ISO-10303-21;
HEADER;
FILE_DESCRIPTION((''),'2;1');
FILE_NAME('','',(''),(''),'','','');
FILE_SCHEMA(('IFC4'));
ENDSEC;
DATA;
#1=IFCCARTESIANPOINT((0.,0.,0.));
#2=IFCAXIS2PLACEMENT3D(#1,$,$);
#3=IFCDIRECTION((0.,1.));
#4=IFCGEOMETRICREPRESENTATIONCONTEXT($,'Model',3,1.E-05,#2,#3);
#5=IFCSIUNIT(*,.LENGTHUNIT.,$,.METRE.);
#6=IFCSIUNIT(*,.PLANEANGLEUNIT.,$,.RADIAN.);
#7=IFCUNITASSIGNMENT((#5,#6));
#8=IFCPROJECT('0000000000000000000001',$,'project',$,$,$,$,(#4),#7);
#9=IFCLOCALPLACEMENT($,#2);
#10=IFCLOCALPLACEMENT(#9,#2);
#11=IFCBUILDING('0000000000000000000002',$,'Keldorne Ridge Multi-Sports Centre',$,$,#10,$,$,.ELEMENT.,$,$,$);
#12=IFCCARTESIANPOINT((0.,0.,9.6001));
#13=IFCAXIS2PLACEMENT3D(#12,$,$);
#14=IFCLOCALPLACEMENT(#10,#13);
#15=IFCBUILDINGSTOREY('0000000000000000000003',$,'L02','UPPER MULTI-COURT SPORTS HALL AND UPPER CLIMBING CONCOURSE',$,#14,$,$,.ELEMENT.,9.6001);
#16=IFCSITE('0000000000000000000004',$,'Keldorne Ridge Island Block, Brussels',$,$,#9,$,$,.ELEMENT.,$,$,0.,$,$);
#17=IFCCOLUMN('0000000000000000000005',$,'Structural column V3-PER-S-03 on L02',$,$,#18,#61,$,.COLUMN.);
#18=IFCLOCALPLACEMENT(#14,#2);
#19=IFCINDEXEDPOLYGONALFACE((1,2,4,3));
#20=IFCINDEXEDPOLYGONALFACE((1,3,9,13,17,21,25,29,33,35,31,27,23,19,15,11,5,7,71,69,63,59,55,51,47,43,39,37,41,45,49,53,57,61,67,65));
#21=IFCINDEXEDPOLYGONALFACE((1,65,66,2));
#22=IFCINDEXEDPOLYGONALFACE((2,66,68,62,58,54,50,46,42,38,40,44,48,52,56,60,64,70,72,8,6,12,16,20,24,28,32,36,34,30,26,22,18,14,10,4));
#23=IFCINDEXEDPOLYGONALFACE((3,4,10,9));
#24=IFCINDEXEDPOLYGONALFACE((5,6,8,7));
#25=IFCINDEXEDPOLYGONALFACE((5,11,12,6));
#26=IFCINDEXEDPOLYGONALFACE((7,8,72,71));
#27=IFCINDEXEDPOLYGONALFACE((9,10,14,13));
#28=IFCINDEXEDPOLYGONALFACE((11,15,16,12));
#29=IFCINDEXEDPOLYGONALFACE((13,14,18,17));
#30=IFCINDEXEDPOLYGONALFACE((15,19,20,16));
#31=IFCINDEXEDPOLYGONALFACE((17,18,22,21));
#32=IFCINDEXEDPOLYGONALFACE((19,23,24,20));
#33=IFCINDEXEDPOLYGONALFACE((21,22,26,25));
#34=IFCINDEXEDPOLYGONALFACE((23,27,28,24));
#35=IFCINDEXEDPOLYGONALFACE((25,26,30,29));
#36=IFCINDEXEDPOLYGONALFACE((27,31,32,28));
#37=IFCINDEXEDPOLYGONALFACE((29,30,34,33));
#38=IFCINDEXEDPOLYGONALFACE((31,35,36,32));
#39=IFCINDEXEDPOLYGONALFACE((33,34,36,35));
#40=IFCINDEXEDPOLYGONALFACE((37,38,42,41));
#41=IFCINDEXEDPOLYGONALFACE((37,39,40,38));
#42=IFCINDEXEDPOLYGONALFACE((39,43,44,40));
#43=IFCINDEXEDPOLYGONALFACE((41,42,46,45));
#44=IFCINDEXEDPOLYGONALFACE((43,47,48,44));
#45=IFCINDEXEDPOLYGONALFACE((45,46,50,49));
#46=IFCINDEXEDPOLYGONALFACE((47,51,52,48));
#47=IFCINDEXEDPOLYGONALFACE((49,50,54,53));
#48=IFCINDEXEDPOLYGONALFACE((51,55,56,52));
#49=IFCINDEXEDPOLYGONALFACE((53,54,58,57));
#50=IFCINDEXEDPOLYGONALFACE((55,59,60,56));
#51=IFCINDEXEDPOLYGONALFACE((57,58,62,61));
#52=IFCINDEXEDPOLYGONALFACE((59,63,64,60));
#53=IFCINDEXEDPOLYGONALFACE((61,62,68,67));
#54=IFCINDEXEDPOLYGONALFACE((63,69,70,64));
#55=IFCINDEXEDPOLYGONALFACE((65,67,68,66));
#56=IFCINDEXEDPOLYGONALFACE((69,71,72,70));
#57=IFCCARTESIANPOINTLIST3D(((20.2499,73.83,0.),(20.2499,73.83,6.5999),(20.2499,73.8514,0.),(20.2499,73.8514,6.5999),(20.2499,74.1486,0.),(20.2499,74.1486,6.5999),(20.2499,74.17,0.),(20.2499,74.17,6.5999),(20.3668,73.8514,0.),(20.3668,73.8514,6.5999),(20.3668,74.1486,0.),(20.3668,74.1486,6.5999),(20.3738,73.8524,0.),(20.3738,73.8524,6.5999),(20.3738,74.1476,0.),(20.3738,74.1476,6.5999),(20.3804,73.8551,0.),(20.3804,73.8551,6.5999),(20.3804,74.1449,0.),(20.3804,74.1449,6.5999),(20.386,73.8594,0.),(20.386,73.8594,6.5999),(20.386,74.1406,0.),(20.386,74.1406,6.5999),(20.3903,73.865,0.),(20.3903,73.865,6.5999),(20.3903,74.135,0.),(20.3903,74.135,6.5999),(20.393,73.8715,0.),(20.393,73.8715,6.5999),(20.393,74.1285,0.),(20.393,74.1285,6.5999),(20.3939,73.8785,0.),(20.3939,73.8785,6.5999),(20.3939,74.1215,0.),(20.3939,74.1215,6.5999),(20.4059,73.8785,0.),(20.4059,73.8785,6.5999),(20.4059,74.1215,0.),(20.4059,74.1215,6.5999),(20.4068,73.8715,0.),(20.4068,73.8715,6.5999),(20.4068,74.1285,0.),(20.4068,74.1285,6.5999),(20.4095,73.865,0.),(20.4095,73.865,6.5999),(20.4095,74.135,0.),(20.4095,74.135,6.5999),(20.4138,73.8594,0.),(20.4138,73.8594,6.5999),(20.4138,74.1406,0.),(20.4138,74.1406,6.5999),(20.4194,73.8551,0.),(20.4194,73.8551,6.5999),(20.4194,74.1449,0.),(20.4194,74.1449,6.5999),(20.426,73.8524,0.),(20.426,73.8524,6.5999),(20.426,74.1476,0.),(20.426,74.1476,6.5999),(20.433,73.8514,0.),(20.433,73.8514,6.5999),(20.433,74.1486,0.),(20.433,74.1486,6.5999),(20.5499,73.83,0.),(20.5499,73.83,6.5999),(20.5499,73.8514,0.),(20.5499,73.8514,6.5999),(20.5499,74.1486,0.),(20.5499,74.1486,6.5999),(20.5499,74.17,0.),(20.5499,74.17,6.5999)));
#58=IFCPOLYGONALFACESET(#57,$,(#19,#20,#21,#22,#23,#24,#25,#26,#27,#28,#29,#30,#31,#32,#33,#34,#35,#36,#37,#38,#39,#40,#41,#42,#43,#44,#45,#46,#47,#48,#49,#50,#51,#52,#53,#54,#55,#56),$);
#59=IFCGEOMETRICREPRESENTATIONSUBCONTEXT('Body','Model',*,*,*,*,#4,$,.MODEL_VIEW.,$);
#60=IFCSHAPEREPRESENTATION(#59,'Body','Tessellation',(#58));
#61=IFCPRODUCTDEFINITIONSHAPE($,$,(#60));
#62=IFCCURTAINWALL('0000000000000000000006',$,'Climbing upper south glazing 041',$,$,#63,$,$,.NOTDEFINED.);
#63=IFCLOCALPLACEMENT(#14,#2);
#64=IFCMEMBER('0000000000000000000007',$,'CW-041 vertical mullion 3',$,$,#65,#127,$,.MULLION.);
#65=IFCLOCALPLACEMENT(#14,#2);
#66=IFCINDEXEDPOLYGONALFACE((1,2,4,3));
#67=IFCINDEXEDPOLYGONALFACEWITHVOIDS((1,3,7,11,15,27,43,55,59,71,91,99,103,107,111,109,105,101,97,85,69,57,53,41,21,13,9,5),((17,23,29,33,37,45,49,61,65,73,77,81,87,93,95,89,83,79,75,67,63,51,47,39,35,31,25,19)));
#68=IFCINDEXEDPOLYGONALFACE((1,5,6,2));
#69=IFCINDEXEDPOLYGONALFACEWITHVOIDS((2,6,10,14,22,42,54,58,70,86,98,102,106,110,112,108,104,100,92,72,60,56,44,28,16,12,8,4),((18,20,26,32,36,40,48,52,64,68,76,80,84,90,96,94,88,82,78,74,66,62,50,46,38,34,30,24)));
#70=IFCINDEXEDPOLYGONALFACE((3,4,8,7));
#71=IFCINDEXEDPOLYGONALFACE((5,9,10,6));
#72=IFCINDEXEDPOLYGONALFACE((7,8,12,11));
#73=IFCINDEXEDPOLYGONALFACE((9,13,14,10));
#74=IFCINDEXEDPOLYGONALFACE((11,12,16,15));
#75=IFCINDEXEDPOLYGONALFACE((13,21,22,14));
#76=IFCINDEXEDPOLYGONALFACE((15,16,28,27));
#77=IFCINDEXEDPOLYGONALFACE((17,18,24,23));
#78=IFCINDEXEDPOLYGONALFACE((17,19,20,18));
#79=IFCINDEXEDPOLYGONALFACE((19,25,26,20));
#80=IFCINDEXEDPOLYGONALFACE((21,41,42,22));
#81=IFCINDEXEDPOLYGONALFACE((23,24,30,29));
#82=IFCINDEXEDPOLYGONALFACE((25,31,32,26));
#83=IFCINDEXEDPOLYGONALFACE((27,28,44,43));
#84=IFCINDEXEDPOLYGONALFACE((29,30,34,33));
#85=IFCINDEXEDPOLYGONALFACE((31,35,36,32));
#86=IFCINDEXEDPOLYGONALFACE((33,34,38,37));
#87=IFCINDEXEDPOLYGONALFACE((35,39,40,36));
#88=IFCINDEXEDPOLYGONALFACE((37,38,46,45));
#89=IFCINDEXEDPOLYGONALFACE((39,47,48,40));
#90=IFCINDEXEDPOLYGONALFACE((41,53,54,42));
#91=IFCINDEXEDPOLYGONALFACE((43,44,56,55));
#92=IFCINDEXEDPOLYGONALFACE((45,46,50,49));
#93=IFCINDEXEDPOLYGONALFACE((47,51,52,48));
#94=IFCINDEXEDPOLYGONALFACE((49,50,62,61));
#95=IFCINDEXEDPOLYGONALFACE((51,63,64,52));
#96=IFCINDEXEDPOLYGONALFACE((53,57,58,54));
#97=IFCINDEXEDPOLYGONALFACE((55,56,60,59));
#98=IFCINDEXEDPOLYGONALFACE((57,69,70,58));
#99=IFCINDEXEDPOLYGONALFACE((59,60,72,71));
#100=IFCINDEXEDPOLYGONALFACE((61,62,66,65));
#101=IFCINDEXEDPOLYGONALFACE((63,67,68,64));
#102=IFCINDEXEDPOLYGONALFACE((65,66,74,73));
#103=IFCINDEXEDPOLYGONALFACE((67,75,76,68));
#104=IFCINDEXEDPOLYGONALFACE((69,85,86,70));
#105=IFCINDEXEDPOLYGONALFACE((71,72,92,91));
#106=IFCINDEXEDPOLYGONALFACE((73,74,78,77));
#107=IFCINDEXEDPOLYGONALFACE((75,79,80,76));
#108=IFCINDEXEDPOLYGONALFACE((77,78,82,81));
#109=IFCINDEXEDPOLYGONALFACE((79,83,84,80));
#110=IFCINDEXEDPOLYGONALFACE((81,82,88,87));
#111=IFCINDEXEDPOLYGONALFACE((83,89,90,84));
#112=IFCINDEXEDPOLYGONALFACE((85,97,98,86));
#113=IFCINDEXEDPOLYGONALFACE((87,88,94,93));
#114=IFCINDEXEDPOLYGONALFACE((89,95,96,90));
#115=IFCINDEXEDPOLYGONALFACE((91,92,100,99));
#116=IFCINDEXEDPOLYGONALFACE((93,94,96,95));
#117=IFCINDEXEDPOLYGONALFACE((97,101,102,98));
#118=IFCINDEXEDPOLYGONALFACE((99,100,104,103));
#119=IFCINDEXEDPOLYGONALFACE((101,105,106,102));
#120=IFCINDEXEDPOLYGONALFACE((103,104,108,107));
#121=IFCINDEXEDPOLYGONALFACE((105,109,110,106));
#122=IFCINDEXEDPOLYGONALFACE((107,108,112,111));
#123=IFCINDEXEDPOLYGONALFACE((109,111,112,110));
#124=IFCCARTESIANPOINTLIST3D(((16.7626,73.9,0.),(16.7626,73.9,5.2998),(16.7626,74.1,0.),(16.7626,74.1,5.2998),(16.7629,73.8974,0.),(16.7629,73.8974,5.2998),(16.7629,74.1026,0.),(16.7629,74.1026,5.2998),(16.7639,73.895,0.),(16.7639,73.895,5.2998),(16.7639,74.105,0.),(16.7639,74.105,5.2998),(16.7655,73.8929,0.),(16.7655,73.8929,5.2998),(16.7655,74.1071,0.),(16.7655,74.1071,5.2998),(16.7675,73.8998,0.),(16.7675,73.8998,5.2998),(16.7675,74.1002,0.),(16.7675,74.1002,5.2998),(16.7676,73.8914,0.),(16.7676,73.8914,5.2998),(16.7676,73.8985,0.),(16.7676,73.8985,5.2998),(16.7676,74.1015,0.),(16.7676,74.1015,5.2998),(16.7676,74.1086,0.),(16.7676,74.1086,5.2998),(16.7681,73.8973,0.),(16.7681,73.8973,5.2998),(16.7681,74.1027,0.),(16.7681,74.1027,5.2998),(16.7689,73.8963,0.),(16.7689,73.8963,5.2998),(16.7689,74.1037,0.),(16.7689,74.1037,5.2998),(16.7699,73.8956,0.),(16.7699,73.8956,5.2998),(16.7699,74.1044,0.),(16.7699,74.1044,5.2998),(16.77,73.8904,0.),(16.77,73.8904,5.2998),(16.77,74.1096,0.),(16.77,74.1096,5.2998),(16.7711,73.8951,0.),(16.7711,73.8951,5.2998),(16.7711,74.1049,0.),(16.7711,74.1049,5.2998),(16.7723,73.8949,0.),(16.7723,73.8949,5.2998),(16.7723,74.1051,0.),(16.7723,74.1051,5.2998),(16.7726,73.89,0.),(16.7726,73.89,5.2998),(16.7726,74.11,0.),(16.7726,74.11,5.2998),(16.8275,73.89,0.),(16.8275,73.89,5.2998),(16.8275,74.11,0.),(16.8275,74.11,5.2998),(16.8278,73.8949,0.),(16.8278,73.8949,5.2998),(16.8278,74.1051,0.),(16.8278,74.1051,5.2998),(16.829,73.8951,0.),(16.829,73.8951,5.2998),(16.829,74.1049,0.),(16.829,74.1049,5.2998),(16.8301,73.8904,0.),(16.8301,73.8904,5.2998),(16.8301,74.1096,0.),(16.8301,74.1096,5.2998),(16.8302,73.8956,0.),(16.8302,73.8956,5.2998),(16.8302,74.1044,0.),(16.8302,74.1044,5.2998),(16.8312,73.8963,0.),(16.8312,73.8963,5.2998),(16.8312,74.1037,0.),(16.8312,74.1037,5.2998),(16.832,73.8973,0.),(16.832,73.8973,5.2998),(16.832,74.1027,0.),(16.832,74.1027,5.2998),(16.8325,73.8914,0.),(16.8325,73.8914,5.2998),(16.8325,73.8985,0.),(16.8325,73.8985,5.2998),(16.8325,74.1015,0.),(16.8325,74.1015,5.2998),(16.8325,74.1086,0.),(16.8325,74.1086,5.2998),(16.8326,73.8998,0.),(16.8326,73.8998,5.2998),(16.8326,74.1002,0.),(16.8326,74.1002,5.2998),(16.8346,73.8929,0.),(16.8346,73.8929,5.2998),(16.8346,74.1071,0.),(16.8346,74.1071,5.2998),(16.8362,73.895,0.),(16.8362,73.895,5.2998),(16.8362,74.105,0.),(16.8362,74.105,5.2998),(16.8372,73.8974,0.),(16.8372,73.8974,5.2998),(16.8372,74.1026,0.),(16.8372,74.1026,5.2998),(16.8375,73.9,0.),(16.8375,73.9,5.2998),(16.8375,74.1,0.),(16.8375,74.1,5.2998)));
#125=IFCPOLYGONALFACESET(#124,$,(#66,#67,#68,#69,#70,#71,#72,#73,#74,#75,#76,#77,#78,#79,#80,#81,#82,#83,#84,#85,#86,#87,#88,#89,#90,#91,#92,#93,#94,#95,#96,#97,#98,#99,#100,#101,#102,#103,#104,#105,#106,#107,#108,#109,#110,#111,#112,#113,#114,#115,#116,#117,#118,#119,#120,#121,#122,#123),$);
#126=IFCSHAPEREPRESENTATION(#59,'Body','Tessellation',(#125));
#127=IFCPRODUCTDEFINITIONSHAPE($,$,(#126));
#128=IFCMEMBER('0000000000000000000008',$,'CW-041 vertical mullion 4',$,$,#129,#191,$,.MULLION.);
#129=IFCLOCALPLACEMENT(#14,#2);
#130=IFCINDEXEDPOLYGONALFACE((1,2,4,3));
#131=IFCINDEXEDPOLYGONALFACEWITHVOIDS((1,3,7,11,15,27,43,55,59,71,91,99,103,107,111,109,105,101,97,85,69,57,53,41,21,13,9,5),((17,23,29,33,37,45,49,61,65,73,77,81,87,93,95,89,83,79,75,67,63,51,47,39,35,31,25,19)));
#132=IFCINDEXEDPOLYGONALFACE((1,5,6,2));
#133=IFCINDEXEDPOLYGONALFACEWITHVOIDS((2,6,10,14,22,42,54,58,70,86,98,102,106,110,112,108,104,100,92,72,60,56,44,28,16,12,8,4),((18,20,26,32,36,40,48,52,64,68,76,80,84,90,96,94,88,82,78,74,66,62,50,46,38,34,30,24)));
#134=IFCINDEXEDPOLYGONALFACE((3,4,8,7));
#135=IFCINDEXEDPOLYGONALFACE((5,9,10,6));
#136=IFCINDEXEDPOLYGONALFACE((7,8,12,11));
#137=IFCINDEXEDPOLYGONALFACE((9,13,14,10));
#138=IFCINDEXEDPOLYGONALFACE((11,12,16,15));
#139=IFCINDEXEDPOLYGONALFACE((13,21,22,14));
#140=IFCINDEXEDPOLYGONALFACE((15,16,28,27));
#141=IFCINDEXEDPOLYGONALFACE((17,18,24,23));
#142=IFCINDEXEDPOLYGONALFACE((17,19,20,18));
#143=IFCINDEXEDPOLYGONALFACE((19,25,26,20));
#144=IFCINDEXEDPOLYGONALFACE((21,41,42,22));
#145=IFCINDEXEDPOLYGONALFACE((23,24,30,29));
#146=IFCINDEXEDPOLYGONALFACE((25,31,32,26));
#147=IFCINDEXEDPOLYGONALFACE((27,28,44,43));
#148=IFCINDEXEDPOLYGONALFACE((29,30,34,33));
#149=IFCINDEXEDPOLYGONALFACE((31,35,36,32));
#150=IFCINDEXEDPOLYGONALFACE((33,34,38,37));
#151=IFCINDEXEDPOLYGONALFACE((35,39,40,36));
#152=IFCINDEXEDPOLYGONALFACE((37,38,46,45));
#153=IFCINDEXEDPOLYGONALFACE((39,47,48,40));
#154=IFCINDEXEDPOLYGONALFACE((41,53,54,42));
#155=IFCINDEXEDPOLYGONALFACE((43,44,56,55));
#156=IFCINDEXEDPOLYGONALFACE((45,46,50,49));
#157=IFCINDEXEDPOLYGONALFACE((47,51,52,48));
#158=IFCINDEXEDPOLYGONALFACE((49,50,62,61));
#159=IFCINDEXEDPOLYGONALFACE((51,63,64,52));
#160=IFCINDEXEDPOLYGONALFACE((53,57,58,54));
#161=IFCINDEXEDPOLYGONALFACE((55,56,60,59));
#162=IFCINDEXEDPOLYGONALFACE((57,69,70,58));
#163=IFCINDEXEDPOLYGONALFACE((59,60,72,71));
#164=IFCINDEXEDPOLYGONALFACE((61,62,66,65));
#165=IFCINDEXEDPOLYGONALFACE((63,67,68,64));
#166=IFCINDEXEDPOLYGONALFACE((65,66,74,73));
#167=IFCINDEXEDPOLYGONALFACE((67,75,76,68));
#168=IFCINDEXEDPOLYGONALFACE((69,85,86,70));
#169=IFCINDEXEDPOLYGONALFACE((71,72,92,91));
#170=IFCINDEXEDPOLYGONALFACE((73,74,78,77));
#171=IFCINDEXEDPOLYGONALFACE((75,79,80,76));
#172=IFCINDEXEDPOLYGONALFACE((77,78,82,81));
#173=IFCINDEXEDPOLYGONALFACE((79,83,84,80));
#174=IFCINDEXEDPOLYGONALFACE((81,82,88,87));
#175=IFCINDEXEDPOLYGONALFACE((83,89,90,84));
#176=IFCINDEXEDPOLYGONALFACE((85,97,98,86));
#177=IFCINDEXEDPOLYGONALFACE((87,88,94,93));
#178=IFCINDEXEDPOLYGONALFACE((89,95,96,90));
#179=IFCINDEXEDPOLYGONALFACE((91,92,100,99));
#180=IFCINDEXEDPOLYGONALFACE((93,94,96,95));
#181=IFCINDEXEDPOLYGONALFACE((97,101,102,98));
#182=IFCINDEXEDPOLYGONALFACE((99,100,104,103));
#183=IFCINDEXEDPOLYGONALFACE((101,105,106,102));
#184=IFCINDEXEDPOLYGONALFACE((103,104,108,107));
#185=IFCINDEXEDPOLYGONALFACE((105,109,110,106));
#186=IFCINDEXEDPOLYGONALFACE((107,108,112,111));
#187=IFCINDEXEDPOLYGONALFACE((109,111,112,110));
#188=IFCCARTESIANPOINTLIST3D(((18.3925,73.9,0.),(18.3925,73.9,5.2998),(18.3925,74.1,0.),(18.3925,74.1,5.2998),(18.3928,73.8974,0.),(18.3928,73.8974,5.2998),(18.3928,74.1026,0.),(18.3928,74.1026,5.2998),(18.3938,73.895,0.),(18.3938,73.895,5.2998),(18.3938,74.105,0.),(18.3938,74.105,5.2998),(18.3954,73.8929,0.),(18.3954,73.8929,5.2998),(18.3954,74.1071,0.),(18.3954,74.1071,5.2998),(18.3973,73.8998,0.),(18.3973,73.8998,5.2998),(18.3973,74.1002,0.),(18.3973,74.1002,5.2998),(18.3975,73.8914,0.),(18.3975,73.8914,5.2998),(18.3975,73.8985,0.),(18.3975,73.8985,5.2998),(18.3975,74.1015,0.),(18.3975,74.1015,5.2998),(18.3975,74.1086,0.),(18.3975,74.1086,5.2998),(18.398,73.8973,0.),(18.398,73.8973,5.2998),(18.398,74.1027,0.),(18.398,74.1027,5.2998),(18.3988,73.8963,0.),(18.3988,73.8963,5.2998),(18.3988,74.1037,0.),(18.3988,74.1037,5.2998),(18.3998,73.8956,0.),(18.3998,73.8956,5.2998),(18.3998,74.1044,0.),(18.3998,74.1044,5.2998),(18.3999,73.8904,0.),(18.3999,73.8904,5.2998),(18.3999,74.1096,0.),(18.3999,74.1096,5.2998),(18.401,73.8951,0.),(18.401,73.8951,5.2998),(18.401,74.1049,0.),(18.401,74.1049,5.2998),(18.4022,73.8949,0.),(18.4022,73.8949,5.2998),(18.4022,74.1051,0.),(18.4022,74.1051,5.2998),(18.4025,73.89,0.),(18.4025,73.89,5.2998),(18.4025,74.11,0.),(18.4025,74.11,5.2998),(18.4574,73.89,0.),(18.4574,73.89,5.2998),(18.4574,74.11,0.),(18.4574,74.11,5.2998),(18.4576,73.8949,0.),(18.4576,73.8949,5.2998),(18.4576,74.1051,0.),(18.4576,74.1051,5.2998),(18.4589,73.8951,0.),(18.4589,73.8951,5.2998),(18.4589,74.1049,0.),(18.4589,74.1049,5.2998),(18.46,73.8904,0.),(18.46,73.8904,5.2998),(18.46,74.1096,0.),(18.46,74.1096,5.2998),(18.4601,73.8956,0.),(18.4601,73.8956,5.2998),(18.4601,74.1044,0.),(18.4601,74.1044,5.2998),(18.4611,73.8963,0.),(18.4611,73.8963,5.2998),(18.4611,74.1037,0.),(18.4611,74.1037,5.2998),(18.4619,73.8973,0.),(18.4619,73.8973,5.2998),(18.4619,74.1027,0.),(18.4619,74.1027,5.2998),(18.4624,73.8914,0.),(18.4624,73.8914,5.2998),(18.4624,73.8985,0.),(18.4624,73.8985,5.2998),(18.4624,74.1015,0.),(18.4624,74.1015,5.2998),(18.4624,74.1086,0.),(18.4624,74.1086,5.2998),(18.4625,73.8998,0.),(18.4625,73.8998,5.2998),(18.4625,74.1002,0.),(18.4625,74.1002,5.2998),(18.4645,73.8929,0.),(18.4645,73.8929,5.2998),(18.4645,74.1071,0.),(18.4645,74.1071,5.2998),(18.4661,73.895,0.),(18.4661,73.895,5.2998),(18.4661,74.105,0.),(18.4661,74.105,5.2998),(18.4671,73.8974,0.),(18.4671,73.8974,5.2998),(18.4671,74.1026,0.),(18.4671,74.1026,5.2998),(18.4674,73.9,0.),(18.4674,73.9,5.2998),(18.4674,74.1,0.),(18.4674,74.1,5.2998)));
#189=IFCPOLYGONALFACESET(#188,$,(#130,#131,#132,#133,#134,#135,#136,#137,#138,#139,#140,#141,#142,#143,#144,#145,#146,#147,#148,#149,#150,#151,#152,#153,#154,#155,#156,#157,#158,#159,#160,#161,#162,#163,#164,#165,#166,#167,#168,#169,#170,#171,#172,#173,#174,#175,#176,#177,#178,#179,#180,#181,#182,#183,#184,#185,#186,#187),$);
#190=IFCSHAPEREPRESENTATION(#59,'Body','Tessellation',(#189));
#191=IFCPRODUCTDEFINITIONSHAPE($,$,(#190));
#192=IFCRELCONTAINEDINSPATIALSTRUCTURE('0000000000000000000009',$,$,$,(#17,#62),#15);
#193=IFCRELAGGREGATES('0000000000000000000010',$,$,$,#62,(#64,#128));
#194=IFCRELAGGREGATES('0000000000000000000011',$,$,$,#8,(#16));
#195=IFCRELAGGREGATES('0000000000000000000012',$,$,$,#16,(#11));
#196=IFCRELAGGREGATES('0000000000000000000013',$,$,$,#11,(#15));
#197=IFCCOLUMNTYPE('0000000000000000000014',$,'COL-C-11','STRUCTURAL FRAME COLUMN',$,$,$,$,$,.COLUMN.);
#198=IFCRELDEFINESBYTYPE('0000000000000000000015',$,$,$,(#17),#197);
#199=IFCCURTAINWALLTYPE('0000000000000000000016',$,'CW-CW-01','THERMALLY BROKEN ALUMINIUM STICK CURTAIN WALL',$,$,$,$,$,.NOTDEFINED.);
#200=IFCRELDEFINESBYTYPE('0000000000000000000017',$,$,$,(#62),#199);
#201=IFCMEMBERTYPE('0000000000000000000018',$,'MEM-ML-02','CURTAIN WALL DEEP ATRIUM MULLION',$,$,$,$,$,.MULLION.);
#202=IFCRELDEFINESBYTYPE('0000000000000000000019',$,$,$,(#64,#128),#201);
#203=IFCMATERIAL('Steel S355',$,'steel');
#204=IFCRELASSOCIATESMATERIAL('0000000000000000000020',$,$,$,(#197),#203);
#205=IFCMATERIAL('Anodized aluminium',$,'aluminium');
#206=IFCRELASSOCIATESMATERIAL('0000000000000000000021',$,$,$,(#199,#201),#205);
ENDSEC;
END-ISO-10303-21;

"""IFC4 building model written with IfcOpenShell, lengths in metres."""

from ifc_helpers import new_model, si_unit, direction, frame, origin, origin_2d, place, context, subcontext, project, spatial, hollow_rectangle, i_section, extrude, material, material_profile, profile_set, type_object, element, aggregate, save


model = new_model("IFC4")

# Units and contexts
model_context = context("Model", 3, precision=1e-05, world=origin(), true_north=direction((0.0, 1.0)))
body_context = subcontext(model_context, "Body", "Model", "MODEL_VIEW")
ifc_project = project(units=[si_unit("LENGTHUNIT", "METRE"), si_unit("PLANEANGLEUNIT", "RADIAN")], contexts=[model_context])

# Site, building, storey
site_placement = place(None, origin())
site = spatial("IfcSite", under=ifc_project, at=site_placement, Name="Keldorne Ridge Island Block, Brussels", CompositionType="ELEMENT", RefElevation=0.0)
building_placement = place(site_placement, origin())
building = spatial("IfcBuilding", under=site, at=building_placement, Name="Keldorne Ridge Multi-Sports Centre", CompositionType="ELEMENT")
storey_placement = place(building_placement, frame((0.0, 0.0, 9.6001)))
storey = spatial("IfcBuildingStorey", under=building, at=storey_placement, Name="L02", Description="UPPER MULTI-COURT SPORTS HALL AND UPPER CLIMBING CONCOURSE", CompositionType="ELEMENT", Elevation=9.6001)

# Column
ifc_material_1 = material(Name="Steel S355", Category="steel")
ifc_material_profile_1 = material_profile(ifc_material_1, i_section(OverallWidth=0.3, OverallDepth=0.3401, WebThickness=0.012, FlangeThickness=0.0215, FilletRadius=0.0271, at=origin_2d()), Name="HEB 340")
ifc_profile_set_1 = profile_set([ifc_material_profile_1], Name="Steel S355")
column_type = type_object("IfcColumnType", Name="COL-C-11", Description="STRUCTURAL FRAME COLUMN", PredefinedType="COLUMN", material=ifc_profile_set_1)
column_placement = place(storey_placement, frame((20.3999, 74.0, 0.0), z_axis=(0.0, 0.0, 1.0), x_axis=(1.0, 0.0, 0.0)))
element("IfcColumn", 1, at=column_placement, inside=storey, type_object=column_type, Name="Structural column V3-PER-S-03 on L02", PredefinedType="COLUMN", context=body_context, shape_type="SweptSolid", body=[
    extrude(i_section(OverallWidth=0.3, OverallDepth=0.3401, WebThickness=0.012, FlangeThickness=0.0215, FilletRadius=0.0271, at=origin_2d()), origin(), (0.0, 0.0, 1.0), 6.5999),
])

# Curtain wall, members
ifc_material_2 = material(Name="Anodized aluminium", Category="aluminium")
curtain_wall_type = type_object("IfcCurtainWallType", Name="CW-CW-01", Description="THERMALLY BROKEN ALUMINIUM STICK CURTAIN WALL", PredefinedType="NOTDEFINED", material=ifc_material_2)
curtain_wall_placement = place(storey_placement, origin())
curtain_wall = element("IfcCurtainWall", 2, at=curtain_wall_placement, inside=storey, type_object=curtain_wall_type, Name="Climbing upper south glazing 041", PredefinedType="NOTDEFINED")
ifc_material_profile_2 = material_profile(ifc_material_2, hollow_rectangle(XDim=0.075, YDim=0.22, WallThickness=0.0049, InnerFilletRadius=0.0049, OuterFilletRadius=0.01, at=origin_2d()), Name="ALU MULLION 220x75x5")
ifc_profile_set_2 = profile_set([ifc_material_profile_2], Name="Anodized aluminium")
member_type_1 = type_object("IfcMemberType", Name="MEM-ML-02", Description="CURTAIN WALL DEEP ATRIUM MULLION", PredefinedType="MULLION", material=ifc_profile_set_2)
member_1_placement = place(storey_placement, frame((16.8, 74.0, 0.0), z_axis=(0.0, 0.0, 1.0), x_axis=(1.0, 0.0, 0.0)))
member_1 = element("IfcMember", 3, at=member_1_placement, type_object=member_type_1, Name="CW-041 vertical mullion 3", PredefinedType="MULLION", context=body_context, shape_type="SweptSolid", body=[
    extrude(hollow_rectangle(XDim=0.075, YDim=0.22, WallThickness=0.0049, InnerFilletRadius=0.0049, OuterFilletRadius=0.01, at=origin_2d()), origin(), (0.0, 0.0, 1.0), 5.2998),
])
member_2_placement = place(storey_placement, frame((18.4299, 74.0, 0.0), z_axis=(0.0, 0.0, 1.0), x_axis=(1.0, 0.0, 0.0)))
member_2 = element("IfcMember", 4, at=member_2_placement, type_object=member_type_1, Name="CW-041 vertical mullion 4", PredefinedType="MULLION", context=body_context, shape_type="SweptSolid", body=[
    extrude(hollow_rectangle(XDim=0.075, YDim=0.22, WallThickness=0.0049, InnerFilletRadius=0.0049, OuterFilletRadius=0.01, at=origin_2d()), origin(), (0.0, 0.0, 1.0), 5.2998),
])

aggregate(curtain_wall, [member_1, member_2])

save(model, "model.ifc")
